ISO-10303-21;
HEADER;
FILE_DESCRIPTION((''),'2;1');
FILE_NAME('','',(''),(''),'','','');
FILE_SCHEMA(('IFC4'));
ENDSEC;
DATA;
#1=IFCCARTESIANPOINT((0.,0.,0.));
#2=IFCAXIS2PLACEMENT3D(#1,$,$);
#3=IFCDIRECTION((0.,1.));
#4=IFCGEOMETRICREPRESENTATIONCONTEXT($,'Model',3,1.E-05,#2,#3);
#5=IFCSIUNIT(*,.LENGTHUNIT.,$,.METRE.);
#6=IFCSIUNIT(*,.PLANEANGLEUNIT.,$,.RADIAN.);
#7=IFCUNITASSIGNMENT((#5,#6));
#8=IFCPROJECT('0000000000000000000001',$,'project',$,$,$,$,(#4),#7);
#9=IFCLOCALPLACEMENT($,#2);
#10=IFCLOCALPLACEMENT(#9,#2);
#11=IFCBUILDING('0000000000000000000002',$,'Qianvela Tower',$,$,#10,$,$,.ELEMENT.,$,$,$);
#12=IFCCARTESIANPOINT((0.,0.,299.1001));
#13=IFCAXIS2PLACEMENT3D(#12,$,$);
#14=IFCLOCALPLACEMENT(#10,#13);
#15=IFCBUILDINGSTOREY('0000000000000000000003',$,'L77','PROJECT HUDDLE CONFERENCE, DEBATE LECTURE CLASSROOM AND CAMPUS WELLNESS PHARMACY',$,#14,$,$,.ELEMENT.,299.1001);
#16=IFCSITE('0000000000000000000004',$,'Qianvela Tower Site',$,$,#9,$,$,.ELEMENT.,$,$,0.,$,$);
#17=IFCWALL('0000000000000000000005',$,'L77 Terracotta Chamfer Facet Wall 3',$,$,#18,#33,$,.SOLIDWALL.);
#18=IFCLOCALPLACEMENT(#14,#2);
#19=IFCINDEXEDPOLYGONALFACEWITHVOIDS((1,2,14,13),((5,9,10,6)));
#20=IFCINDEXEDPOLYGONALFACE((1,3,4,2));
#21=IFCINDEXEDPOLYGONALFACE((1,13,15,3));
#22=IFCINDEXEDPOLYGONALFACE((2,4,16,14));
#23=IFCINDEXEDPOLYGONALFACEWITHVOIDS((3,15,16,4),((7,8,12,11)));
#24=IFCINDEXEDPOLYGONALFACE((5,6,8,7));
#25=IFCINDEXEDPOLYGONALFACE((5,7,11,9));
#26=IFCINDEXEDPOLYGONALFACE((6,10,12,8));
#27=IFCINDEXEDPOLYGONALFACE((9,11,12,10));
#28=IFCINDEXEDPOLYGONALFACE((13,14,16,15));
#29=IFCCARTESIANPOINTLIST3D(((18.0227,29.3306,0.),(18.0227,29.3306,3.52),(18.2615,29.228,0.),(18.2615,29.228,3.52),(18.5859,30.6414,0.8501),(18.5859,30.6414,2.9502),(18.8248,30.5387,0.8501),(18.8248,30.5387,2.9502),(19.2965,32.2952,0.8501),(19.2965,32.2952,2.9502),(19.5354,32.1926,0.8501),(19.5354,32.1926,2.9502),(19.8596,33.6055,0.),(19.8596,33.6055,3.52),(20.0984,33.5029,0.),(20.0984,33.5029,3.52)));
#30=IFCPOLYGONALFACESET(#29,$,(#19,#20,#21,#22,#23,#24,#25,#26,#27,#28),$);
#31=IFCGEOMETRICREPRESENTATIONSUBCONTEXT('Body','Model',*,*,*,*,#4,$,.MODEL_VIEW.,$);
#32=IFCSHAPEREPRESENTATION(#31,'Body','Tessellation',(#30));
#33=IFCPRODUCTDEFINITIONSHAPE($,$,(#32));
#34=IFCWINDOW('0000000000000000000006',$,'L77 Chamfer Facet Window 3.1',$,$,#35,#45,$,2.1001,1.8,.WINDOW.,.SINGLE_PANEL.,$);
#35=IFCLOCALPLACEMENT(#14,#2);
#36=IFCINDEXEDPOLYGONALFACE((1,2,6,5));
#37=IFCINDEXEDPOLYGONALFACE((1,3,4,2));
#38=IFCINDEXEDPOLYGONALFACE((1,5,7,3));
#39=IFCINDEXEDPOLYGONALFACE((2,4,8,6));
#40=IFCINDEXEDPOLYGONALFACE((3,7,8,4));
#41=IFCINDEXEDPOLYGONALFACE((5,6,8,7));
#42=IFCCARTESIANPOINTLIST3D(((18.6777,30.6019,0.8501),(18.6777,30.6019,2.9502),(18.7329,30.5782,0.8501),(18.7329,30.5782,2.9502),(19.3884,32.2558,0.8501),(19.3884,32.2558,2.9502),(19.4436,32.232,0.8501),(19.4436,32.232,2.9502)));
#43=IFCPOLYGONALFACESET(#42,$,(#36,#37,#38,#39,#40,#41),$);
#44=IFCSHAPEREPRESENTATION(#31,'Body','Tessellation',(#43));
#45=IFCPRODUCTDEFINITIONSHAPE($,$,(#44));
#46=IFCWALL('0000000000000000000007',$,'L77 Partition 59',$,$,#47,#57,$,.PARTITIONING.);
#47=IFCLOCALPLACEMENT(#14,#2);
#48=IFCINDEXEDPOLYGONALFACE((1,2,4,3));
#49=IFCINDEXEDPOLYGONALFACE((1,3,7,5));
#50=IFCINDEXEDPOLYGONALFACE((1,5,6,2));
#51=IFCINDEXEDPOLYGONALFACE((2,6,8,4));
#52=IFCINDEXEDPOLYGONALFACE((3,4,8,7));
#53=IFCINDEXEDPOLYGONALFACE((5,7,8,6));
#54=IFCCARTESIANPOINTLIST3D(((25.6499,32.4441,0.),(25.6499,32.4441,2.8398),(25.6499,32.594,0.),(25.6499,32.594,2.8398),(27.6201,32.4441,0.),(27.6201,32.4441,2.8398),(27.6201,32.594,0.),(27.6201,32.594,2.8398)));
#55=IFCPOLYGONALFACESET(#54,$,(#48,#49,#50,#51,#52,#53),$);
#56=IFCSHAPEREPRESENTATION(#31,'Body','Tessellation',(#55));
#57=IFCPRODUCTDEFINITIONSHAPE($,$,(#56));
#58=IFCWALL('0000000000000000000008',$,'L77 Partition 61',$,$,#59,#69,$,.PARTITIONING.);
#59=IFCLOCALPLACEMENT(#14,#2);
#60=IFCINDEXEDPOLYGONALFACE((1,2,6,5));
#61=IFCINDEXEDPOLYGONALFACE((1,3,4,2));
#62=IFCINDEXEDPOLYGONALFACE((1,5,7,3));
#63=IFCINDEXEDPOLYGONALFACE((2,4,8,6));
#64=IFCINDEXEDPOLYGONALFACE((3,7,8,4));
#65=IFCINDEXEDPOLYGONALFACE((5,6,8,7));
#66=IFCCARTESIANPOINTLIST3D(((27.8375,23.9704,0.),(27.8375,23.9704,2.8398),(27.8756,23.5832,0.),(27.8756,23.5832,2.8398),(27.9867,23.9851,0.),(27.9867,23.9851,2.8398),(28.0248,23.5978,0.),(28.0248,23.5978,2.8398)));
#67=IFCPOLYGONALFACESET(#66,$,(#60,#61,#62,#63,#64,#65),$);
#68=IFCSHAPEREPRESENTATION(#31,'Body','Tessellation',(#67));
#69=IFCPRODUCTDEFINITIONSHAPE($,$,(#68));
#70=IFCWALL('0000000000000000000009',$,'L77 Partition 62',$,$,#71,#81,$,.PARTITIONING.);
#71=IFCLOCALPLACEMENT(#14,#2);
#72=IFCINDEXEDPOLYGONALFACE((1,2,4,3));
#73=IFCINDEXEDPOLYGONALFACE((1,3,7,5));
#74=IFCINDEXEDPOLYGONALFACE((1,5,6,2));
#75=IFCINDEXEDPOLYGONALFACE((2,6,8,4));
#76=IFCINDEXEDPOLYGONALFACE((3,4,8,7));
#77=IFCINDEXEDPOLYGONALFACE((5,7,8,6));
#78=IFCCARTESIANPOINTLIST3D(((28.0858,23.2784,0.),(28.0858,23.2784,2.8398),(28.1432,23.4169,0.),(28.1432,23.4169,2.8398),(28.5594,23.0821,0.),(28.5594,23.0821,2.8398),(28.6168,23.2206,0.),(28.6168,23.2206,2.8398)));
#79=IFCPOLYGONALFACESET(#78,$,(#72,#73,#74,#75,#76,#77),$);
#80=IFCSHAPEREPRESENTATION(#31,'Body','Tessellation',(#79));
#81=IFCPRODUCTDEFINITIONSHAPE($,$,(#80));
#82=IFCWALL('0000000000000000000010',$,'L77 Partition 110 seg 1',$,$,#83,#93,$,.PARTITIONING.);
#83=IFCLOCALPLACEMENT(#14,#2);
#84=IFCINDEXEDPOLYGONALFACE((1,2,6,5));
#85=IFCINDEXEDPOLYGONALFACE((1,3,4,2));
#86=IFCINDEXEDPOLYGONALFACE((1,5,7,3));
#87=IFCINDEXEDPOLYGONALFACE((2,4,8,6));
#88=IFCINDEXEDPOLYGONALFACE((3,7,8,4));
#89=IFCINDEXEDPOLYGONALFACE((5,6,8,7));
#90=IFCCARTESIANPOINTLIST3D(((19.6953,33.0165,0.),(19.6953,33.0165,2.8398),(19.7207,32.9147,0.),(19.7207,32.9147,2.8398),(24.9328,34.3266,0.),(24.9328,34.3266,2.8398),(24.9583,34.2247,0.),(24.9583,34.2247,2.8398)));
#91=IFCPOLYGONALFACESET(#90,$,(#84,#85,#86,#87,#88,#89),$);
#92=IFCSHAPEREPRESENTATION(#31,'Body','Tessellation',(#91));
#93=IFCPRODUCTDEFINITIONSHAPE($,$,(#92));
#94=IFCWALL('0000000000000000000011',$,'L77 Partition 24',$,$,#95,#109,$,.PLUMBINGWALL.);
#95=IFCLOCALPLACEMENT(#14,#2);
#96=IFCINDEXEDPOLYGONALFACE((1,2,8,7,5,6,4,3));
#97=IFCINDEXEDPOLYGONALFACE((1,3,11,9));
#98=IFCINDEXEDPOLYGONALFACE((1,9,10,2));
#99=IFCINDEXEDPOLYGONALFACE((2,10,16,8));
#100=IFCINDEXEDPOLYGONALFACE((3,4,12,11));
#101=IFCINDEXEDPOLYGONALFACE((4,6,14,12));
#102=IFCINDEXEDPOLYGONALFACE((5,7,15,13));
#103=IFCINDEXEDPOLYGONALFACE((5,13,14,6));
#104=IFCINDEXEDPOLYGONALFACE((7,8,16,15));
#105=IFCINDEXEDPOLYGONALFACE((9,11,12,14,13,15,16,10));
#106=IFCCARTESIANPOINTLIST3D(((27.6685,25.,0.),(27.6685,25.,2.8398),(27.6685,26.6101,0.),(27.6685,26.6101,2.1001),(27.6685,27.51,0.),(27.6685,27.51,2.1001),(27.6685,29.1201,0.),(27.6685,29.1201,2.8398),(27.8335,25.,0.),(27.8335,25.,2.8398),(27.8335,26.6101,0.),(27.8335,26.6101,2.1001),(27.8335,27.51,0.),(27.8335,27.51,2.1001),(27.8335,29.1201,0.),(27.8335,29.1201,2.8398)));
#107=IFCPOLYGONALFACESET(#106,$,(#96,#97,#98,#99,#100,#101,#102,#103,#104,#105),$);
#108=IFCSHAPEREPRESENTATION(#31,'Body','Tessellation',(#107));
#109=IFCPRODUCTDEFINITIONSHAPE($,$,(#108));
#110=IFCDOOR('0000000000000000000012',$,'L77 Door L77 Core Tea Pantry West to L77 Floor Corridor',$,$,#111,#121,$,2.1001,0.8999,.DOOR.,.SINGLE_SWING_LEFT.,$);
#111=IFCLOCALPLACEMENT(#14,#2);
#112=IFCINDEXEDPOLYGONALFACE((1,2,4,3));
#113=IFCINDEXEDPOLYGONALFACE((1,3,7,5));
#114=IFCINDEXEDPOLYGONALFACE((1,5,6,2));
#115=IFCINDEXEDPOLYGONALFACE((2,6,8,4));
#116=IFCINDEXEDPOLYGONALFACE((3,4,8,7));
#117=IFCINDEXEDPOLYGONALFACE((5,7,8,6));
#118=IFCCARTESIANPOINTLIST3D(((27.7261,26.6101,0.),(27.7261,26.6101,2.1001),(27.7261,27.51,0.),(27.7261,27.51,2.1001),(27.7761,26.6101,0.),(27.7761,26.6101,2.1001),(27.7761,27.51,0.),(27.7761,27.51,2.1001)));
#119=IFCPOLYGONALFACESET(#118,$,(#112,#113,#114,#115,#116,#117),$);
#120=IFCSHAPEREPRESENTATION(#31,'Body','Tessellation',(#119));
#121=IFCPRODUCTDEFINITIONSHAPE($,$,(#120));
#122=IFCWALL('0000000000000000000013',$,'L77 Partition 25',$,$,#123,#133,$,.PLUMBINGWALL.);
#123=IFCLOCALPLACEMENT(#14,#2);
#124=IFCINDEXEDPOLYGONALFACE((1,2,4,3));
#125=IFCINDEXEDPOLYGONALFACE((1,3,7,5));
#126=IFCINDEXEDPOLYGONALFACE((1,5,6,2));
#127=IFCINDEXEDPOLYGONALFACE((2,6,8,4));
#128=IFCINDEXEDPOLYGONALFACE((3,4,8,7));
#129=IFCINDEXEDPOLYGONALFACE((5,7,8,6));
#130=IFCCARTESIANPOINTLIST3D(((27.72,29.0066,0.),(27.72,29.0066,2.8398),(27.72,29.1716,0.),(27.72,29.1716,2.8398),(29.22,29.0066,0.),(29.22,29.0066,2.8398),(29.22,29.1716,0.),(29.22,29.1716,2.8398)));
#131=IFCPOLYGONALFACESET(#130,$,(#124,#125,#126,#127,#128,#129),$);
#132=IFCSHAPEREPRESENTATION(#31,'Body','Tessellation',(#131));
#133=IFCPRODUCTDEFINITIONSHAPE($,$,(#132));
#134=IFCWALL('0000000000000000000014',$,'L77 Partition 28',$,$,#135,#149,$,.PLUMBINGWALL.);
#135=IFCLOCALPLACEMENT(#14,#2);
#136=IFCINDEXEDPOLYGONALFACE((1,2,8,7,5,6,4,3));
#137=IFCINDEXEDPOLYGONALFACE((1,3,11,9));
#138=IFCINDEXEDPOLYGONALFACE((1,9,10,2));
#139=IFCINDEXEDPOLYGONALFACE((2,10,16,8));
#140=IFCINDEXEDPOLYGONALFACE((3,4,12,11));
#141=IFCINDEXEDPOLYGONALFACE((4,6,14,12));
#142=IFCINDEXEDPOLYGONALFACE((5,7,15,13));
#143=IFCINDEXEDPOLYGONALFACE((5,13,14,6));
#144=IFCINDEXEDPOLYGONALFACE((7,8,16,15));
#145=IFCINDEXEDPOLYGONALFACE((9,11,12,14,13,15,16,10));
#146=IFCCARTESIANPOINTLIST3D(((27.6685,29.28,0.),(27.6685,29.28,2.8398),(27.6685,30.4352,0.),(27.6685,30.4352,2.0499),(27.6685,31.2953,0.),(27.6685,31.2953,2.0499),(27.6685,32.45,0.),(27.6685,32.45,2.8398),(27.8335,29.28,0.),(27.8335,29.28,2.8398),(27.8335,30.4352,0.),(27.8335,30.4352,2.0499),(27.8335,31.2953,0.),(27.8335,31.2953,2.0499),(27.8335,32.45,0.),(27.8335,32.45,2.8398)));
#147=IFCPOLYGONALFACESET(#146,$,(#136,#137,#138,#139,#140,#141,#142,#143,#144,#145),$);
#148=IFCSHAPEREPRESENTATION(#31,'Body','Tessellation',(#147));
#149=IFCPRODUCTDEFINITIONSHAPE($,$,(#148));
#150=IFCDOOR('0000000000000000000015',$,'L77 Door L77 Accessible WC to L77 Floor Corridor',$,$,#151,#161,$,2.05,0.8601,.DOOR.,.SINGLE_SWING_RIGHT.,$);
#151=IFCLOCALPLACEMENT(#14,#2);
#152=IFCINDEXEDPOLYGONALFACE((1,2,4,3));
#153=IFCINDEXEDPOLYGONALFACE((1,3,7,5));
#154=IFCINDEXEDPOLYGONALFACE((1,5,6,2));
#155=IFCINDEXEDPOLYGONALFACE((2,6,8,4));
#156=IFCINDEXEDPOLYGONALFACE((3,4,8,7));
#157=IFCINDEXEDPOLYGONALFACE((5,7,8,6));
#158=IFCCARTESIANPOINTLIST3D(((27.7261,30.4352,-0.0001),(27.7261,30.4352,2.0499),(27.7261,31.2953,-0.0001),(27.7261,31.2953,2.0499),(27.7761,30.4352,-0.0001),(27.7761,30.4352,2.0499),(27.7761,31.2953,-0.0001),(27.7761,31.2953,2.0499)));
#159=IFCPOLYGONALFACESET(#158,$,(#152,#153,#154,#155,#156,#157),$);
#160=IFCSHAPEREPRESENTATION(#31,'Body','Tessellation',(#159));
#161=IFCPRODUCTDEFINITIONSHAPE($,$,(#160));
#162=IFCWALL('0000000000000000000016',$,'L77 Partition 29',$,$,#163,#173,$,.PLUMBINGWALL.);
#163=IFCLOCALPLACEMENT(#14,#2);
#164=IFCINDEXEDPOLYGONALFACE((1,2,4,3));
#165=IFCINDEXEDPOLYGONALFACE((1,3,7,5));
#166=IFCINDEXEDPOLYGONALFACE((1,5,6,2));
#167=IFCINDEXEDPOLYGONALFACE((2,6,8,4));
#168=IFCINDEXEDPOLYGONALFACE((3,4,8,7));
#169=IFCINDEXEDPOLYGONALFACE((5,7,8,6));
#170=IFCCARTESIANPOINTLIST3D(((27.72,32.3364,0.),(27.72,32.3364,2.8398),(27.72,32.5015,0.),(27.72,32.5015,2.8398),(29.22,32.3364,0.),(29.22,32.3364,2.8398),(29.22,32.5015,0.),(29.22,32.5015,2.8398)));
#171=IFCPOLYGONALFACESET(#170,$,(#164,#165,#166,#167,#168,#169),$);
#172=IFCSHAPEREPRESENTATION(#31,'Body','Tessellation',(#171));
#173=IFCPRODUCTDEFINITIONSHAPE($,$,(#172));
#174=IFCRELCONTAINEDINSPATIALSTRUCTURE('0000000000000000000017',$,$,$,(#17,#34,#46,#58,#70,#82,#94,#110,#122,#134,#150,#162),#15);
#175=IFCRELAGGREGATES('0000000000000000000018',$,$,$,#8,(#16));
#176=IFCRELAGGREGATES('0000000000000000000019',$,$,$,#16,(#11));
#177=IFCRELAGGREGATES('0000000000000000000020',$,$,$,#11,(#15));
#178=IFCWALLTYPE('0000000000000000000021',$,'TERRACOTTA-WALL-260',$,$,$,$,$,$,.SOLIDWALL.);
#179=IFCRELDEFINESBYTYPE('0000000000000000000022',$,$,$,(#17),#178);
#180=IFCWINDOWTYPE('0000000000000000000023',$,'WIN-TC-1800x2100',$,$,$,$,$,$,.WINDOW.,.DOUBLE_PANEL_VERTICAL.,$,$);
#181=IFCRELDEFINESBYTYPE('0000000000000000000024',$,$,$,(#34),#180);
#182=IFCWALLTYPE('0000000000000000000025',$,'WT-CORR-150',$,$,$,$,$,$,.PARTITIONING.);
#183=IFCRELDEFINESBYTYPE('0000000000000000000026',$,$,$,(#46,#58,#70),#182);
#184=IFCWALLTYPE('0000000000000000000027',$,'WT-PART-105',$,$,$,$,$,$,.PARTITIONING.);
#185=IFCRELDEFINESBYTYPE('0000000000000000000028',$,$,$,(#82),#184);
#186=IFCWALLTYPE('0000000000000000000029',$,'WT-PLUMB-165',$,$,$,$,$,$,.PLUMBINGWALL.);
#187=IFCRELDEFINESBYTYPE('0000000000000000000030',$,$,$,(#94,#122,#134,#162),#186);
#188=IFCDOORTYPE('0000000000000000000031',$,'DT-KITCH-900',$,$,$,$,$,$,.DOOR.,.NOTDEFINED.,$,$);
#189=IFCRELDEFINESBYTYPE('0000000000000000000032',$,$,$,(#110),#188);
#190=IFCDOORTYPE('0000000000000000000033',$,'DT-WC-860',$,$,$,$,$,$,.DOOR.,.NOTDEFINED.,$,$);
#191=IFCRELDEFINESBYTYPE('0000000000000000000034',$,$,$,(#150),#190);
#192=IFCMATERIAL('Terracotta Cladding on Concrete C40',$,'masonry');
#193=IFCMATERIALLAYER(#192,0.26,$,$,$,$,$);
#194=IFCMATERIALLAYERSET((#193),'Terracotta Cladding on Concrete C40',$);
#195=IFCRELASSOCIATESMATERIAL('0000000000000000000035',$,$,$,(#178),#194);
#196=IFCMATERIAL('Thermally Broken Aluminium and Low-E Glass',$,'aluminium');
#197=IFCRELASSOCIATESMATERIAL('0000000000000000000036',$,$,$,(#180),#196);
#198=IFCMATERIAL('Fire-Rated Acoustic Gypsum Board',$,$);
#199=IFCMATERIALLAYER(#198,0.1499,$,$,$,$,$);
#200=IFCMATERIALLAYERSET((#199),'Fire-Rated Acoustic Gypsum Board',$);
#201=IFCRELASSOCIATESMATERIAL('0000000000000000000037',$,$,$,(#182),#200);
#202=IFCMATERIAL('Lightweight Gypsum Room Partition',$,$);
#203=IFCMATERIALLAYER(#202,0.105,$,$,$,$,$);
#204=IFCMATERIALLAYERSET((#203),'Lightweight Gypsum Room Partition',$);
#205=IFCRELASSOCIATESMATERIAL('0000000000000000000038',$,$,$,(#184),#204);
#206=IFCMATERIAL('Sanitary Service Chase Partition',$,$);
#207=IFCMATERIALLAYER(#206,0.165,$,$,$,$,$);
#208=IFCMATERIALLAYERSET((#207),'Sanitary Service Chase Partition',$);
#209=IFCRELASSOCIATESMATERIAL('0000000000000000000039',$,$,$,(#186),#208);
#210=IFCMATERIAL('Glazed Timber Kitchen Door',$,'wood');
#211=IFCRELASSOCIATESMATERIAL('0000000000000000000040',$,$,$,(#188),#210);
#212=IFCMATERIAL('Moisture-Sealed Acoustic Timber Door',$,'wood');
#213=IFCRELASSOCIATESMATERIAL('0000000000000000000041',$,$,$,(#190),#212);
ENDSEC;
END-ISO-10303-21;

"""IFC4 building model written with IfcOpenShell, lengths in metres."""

from ifc_helpers import new_model, si_unit, direction, frame, frame_2d, origin, place, context, subcontext, project, spatial, rectangle, extrude, material, layer, layer_set, type_object, element, fill, save


model = new_model("IFC4")

# Units and contexts
model_context = context("Model", 3, precision=1e-05, world=origin(), true_north=direction((0.0, 1.0)))
body_context = subcontext(model_context, "Body", "Model", "MODEL_VIEW")
ifc_project = project(units=[si_unit("LENGTHUNIT", "METRE"), si_unit("PLANEANGLEUNIT", "RADIAN")], contexts=[model_context])

# Site, building, storey
site_placement = place(None, origin())
site = spatial("IfcSite", under=ifc_project, at=site_placement, Name="Qianvela Tower Site", CompositionType="ELEMENT", RefElevation=0.0)
building_placement = place(site_placement, origin())
building = spatial("IfcBuilding", under=site, at=building_placement, Name="Qianvela Tower", CompositionType="ELEMENT")
storey_placement = place(building_placement, frame((0.0, 0.0, 299.1001)))
storey = spatial("IfcBuildingStorey", under=building, at=storey_placement, Name="L77", Description="PROJECT HUDDLE CONFERENCE, DEBATE LECTURE CLASSROOM AND CAMPUS WELLNESS PHARMACY", CompositionType="ELEMENT", Elevation=299.1001)

# Wall, opening, window
ifc_material_1 = material(Name="Terracotta Cladding on Concrete C40", Category="masonry")
ifc_layer_1 = layer(ifc_material_1, 0.26)
ifc_layer_set_1 = layer_set([ifc_layer_1], Name="Terracotta Cladding on Concrete C40")
wall_type_1 = type_object("IfcWallType", Name="TERRACOTTA-WALL-260", PredefinedType="SOLIDWALL", material=ifc_layer_set_1)
wall_1_placement = place(storey_placement, frame((19.979, 33.5542, 0.0), z_axis=(0.0, 0.0, 1.0), x_axis=(-0.394793, -0.91877, 0.0)))
wall_1 = element("IfcWall", 1, at=wall_1_placement, inside=storey, type_object=wall_type_1, Name="L77 Terracotta Chamfer Facet Wall 3", PredefinedType="SOLIDWALL", context=body_context, shape_type="SweptSolid", body=[
    extrude(rectangle(XDim=4.6528, YDim=0.26, at=frame_2d((2.3264, 0.0))), origin(), (0.0, 0.0, 1.0), 3.52),
])
opening_1_placement = place(wall_1_placement, frame((1.4263, 0.0, 0.8501)))
opening_1 = element("IfcOpeningElement", 2, at=opening_1_placement, cuts=wall_1, PredefinedType="OPENING", context=body_context, shape_type="SweptSolid", body=[
    extrude(rectangle(XDim=1.8, YDim=2.1001, at=frame_2d((0.8999, 1.05))), frame((0.0, 0.1399, 0.0), z_axis=(0.0, -1.0, 0.0), x_axis=(1.0, 0.0, 0.0)), (0.0, 0.0, 1.0), 0.28),
])
ifc_material_2 = material(Name="Thermally Broken Aluminium and Low-E Glass", Category="aluminium")
window_type = type_object("IfcWindowType", Name="WIN-TC-1800x2100", PartitioningType="DOUBLE_PANEL_VERTICAL", PredefinedType="WINDOW", material=ifc_material_2)
window_placement = place(opening_1_placement, origin())
window = element("IfcWindow", 3, at=window_placement, inside=storey, type_object=window_type, Name="L77 Chamfer Facet Window 3.1", OverallHeight=2.1001, OverallWidth=1.8, PartitioningType="SINGLE_PANEL", PredefinedType="WINDOW", context=body_context, shape_type="SweptSolid", body=[
    extrude(rectangle(XDim=1.8, YDim=2.1001, at=frame_2d((0.8999, 1.05))), frame((0.0, 0.03, 0.0), z_axis=(0.0, -1.0, 0.0), x_axis=(1.0, 0.0, 0.0)), (0.0, 0.0, 1.0), 0.0601),
])
fill(opening_1, window)

# Walls
ifc_material_3 = material(Name="Fire-Rated Acoustic Gypsum Board")
ifc_layer_2 = layer(ifc_material_3, 0.1499)
ifc_layer_set_2 = layer_set([ifc_layer_2], Name="Fire-Rated Acoustic Gypsum Board")
wall_type_2 = type_object("IfcWallType", Name="WT-CORR-150", PredefinedType="PARTITIONING", material=ifc_layer_set_2)
wall_2_placement = place(storey_placement, frame((25.6499, 32.519, 0.0), z_axis=(0.0, 0.0, 1.0), x_axis=(1.0, 0.0, 0.0)))
element("IfcWall", 4, at=wall_2_placement, inside=storey, type_object=wall_type_2, Name="L77 Partition 59", PredefinedType="PARTITIONING", context=body_context, shape_type="SweptSolid", body=[
    extrude(rectangle(XDim=1.9702, YDim=0.1499, at=frame_2d((0.9851, 0.0))), origin(), (0.0, 0.0, 1.0), 2.8398),
])
wall_3_placement = place(storey_placement, frame((27.9121, 23.9778, 0.0), z_axis=(0.0, 0.0, 1.0), x_axis=(0.097888, -0.995197, 0.0)))
element("IfcWall", 5, at=wall_3_placement, inside=storey, type_object=wall_type_2, Name="L77 Partition 61", PredefinedType="PARTITIONING", context=body_context, shape_type="SweptSolid", body=[
    extrude(rectangle(XDim=0.3892, YDim=0.1499, at=frame_2d((0.1946, 0.0))), origin(), (0.0, 0.0, 1.0), 2.8398),
])
wall_4_placement = place(storey_placement, frame((28.1145, 23.3477, 0.0), z_axis=(0.0, 0.0, 1.0), x_axis=(0.923808, -0.382856, 0.0)))
element("IfcWall", 6, at=wall_4_placement, inside=storey, type_object=wall_type_2, Name="L77 Partition 62", PredefinedType="PARTITIONING", context=body_context, shape_type="SweptSolid", body=[
    extrude(rectangle(XDim=0.5127, YDim=0.1499, at=frame_2d((0.2563, 0.0))), origin(), (0.0, 0.0, 1.0), 2.8398),
])
ifc_material_4 = material(Name="Lightweight Gypsum Room Partition")
ifc_layer_3 = layer(ifc_material_4, 0.105)
ifc_layer_set_3 = layer_set([ifc_layer_3], Name="Lightweight Gypsum Room Partition")
wall_type_3 = type_object("IfcWallType", Name="WT-PART-105", PredefinedType="PARTITIONING", material=ifc_layer_set_3)
wall_5_placement = place(storey_placement, frame((19.708, 32.9656, 0.0), z_axis=(0.0, 0.0, 1.0), x_axis=(0.970113, 0.242653, 0.0)))
element("IfcWall", 7, at=wall_5_placement, inside=storey, type_object=wall_type_3, Name="L77 Partition 110 seg 1", PredefinedType="PARTITIONING", context=body_context, shape_type="SweptSolid", body=[
    extrude(rectangle(XDim=5.3989, YDim=0.105, at=frame_2d((2.6995, 0.0))), origin(), (0.0, 0.0, 1.0), 2.8398),
])

# Wall, opening, door
ifc_material_5 = material(Name="Sanitary Service Chase Partition")
ifc_layer_4 = layer(ifc_material_5, 0.165)
ifc_layer_set_4 = layer_set([ifc_layer_4], Name="Sanitary Service Chase Partition")
wall_type_4 = type_object("IfcWallType", Name="WT-PLUMB-165", PredefinedType="PLUMBINGWALL", material=ifc_layer_set_4)
wall_6_placement = place(storey_placement, frame((27.751, 25.0, 0.0), z_axis=(0.0, 0.0, 1.0), x_axis=(0.0, 1.0, 0.0)))
wall_6 = element("IfcWall", 8, at=wall_6_placement, inside=storey, type_object=wall_type_4, Name="L77 Partition 24", PredefinedType="PLUMBINGWALL", context=body_context, shape_type="SweptSolid", body=[
    extrude(rectangle(XDim=4.1201, YDim=0.165, at=frame_2d((2.0601, 0.0))), origin(), (0.0, 0.0, 1.0), 2.8398),
])
opening_2_placement = place(wall_6_placement, frame((1.6101, 0.0, 0.0)))
opening_2 = element("IfcOpeningElement", 9, at=opening_2_placement, cuts=wall_6, PredefinedType="OPENING", context=body_context, shape_type="SweptSolid", body=[
    extrude(rectangle(XDim=0.8999, YDim=2.1001, at=frame_2d((0.45, 1.05))), frame((0.0, 0.0925, 0.0), z_axis=(0.0, -1.0, 0.0), x_axis=(1.0, 0.0, 0.0)), (0.0, 0.0, 1.0), 0.1851),
])
ifc_material_6 = material(Name="Glazed Timber Kitchen Door", Category="wood")
door_type_1 = type_object("IfcDoorType", Name="DT-KITCH-900", OperationType="NOTDEFINED", PredefinedType="DOOR", material=ifc_material_6)
door_1_placement = place(opening_2_placement, origin())
door_1 = element("IfcDoor", 10, at=door_1_placement, inside=storey, type_object=door_type_1, Name="L77 Door L77 Core Tea Pantry West to L77 Floor Corridor", OperationType="SINGLE_SWING_LEFT", OverallHeight=2.1001, OverallWidth=0.8999, PredefinedType="DOOR", context=body_context, shape_type="SweptSolid", body=[
    extrude(rectangle(XDim=0.8999, YDim=2.1001, at=frame_2d((0.45, 1.05))), frame((0.0, 0.0249, 0.0), z_axis=(0.0, -1.0, 0.0), x_axis=(1.0, 0.0, 0.0)), (0.0, 0.0, 1.0), 0.05),
])
fill(opening_2, door_1)

# Wall
wall_7_placement = place(storey_placement, frame((27.72, 29.0891, 0.0), z_axis=(0.0, 0.0, 1.0), x_axis=(1.0, 0.0, 0.0)))
element("IfcWall", 11, at=wall_7_placement, inside=storey, type_object=wall_type_4, Name="L77 Partition 25", PredefinedType="PLUMBINGWALL", context=body_context, shape_type="SweptSolid", body=[
    extrude(rectangle(XDim=1.5, YDim=0.165, at=frame_2d((0.75, 0.0))), origin(), (0.0, 0.0, 1.0), 2.8398),
])

# Wall, opening, door
wall_8_placement = place(storey_placement, frame((27.751, 29.28, 0.0), z_axis=(0.0, 0.0, 1.0), x_axis=(0.0, 1.0, 0.0)))
wall_8 = element("IfcWall", 12, at=wall_8_placement, inside=storey, type_object=wall_type_4, Name="L77 Partition 28", PredefinedType="PLUMBINGWALL", context=body_context, shape_type="SweptSolid", body=[
    extrude(rectangle(XDim=3.1699, YDim=0.165, at=frame_2d((1.585, 0.0))), origin(), (0.0, 0.0, 1.0), 2.8398),
])
opening_3_placement = place(wall_8_placement, frame((1.155, 0.0, 0.0)))
opening_3 = element("IfcOpeningElement", 13, at=opening_3_placement, cuts=wall_8, PredefinedType="OPENING", context=body_context, shape_type="SweptSolid", body=[
    extrude(rectangle(XDim=0.8601, YDim=2.05, at=frame_2d((0.4302, 1.0249))), frame((0.0, 0.0925, 0.0), z_axis=(0.0, -1.0, 0.0), x_axis=(1.0, 0.0, 0.0)), (0.0, 0.0, 1.0), 0.1851),
])
ifc_material_7 = material(Name="Moisture-Sealed Acoustic Timber Door", Category="wood")
door_type_2 = type_object("IfcDoorType", Name="DT-WC-860", OperationType="NOTDEFINED", PredefinedType="DOOR", material=ifc_material_7)
door_2_placement = place(opening_3_placement, origin())
door_2 = element("IfcDoor", 14, at=door_2_placement, inside=storey, type_object=door_type_2, Name="L77 Door L77 Accessible WC to L77 Floor Corridor", OperationType="SINGLE_SWING_RIGHT", OverallHeight=2.05, OverallWidth=0.8601, PredefinedType="DOOR", context=body_context, shape_type="SweptSolid", body=[
    extrude(rectangle(XDim=0.8601, YDim=2.05, at=frame_2d((0.4302, 1.0249))), frame((0.0, 0.0249, 0.0), z_axis=(0.0, -1.0, 0.0), x_axis=(1.0, 0.0, 0.0)), (0.0, 0.0, 1.0), 0.05),
])
fill(opening_3, door_2)

# Wall
wall_9_placement = place(storey_placement, frame((27.72, 32.4189, 0.0), z_axis=(0.0, 0.0, 1.0), x_axis=(1.0, 0.0, 0.0)))
element("IfcWall", 15, at=wall_9_placement, inside=storey, type_object=wall_type_4, Name="L77 Partition 29", PredefinedType="PLUMBINGWALL", context=body_context, shape_type="SweptSolid", body=[
    extrude(rectangle(XDim=1.5, YDim=0.165, at=frame_2d((0.75, 0.0))), origin(), (0.0, 0.0, 1.0), 2.8398),
])

save(model, "model.ifc")
